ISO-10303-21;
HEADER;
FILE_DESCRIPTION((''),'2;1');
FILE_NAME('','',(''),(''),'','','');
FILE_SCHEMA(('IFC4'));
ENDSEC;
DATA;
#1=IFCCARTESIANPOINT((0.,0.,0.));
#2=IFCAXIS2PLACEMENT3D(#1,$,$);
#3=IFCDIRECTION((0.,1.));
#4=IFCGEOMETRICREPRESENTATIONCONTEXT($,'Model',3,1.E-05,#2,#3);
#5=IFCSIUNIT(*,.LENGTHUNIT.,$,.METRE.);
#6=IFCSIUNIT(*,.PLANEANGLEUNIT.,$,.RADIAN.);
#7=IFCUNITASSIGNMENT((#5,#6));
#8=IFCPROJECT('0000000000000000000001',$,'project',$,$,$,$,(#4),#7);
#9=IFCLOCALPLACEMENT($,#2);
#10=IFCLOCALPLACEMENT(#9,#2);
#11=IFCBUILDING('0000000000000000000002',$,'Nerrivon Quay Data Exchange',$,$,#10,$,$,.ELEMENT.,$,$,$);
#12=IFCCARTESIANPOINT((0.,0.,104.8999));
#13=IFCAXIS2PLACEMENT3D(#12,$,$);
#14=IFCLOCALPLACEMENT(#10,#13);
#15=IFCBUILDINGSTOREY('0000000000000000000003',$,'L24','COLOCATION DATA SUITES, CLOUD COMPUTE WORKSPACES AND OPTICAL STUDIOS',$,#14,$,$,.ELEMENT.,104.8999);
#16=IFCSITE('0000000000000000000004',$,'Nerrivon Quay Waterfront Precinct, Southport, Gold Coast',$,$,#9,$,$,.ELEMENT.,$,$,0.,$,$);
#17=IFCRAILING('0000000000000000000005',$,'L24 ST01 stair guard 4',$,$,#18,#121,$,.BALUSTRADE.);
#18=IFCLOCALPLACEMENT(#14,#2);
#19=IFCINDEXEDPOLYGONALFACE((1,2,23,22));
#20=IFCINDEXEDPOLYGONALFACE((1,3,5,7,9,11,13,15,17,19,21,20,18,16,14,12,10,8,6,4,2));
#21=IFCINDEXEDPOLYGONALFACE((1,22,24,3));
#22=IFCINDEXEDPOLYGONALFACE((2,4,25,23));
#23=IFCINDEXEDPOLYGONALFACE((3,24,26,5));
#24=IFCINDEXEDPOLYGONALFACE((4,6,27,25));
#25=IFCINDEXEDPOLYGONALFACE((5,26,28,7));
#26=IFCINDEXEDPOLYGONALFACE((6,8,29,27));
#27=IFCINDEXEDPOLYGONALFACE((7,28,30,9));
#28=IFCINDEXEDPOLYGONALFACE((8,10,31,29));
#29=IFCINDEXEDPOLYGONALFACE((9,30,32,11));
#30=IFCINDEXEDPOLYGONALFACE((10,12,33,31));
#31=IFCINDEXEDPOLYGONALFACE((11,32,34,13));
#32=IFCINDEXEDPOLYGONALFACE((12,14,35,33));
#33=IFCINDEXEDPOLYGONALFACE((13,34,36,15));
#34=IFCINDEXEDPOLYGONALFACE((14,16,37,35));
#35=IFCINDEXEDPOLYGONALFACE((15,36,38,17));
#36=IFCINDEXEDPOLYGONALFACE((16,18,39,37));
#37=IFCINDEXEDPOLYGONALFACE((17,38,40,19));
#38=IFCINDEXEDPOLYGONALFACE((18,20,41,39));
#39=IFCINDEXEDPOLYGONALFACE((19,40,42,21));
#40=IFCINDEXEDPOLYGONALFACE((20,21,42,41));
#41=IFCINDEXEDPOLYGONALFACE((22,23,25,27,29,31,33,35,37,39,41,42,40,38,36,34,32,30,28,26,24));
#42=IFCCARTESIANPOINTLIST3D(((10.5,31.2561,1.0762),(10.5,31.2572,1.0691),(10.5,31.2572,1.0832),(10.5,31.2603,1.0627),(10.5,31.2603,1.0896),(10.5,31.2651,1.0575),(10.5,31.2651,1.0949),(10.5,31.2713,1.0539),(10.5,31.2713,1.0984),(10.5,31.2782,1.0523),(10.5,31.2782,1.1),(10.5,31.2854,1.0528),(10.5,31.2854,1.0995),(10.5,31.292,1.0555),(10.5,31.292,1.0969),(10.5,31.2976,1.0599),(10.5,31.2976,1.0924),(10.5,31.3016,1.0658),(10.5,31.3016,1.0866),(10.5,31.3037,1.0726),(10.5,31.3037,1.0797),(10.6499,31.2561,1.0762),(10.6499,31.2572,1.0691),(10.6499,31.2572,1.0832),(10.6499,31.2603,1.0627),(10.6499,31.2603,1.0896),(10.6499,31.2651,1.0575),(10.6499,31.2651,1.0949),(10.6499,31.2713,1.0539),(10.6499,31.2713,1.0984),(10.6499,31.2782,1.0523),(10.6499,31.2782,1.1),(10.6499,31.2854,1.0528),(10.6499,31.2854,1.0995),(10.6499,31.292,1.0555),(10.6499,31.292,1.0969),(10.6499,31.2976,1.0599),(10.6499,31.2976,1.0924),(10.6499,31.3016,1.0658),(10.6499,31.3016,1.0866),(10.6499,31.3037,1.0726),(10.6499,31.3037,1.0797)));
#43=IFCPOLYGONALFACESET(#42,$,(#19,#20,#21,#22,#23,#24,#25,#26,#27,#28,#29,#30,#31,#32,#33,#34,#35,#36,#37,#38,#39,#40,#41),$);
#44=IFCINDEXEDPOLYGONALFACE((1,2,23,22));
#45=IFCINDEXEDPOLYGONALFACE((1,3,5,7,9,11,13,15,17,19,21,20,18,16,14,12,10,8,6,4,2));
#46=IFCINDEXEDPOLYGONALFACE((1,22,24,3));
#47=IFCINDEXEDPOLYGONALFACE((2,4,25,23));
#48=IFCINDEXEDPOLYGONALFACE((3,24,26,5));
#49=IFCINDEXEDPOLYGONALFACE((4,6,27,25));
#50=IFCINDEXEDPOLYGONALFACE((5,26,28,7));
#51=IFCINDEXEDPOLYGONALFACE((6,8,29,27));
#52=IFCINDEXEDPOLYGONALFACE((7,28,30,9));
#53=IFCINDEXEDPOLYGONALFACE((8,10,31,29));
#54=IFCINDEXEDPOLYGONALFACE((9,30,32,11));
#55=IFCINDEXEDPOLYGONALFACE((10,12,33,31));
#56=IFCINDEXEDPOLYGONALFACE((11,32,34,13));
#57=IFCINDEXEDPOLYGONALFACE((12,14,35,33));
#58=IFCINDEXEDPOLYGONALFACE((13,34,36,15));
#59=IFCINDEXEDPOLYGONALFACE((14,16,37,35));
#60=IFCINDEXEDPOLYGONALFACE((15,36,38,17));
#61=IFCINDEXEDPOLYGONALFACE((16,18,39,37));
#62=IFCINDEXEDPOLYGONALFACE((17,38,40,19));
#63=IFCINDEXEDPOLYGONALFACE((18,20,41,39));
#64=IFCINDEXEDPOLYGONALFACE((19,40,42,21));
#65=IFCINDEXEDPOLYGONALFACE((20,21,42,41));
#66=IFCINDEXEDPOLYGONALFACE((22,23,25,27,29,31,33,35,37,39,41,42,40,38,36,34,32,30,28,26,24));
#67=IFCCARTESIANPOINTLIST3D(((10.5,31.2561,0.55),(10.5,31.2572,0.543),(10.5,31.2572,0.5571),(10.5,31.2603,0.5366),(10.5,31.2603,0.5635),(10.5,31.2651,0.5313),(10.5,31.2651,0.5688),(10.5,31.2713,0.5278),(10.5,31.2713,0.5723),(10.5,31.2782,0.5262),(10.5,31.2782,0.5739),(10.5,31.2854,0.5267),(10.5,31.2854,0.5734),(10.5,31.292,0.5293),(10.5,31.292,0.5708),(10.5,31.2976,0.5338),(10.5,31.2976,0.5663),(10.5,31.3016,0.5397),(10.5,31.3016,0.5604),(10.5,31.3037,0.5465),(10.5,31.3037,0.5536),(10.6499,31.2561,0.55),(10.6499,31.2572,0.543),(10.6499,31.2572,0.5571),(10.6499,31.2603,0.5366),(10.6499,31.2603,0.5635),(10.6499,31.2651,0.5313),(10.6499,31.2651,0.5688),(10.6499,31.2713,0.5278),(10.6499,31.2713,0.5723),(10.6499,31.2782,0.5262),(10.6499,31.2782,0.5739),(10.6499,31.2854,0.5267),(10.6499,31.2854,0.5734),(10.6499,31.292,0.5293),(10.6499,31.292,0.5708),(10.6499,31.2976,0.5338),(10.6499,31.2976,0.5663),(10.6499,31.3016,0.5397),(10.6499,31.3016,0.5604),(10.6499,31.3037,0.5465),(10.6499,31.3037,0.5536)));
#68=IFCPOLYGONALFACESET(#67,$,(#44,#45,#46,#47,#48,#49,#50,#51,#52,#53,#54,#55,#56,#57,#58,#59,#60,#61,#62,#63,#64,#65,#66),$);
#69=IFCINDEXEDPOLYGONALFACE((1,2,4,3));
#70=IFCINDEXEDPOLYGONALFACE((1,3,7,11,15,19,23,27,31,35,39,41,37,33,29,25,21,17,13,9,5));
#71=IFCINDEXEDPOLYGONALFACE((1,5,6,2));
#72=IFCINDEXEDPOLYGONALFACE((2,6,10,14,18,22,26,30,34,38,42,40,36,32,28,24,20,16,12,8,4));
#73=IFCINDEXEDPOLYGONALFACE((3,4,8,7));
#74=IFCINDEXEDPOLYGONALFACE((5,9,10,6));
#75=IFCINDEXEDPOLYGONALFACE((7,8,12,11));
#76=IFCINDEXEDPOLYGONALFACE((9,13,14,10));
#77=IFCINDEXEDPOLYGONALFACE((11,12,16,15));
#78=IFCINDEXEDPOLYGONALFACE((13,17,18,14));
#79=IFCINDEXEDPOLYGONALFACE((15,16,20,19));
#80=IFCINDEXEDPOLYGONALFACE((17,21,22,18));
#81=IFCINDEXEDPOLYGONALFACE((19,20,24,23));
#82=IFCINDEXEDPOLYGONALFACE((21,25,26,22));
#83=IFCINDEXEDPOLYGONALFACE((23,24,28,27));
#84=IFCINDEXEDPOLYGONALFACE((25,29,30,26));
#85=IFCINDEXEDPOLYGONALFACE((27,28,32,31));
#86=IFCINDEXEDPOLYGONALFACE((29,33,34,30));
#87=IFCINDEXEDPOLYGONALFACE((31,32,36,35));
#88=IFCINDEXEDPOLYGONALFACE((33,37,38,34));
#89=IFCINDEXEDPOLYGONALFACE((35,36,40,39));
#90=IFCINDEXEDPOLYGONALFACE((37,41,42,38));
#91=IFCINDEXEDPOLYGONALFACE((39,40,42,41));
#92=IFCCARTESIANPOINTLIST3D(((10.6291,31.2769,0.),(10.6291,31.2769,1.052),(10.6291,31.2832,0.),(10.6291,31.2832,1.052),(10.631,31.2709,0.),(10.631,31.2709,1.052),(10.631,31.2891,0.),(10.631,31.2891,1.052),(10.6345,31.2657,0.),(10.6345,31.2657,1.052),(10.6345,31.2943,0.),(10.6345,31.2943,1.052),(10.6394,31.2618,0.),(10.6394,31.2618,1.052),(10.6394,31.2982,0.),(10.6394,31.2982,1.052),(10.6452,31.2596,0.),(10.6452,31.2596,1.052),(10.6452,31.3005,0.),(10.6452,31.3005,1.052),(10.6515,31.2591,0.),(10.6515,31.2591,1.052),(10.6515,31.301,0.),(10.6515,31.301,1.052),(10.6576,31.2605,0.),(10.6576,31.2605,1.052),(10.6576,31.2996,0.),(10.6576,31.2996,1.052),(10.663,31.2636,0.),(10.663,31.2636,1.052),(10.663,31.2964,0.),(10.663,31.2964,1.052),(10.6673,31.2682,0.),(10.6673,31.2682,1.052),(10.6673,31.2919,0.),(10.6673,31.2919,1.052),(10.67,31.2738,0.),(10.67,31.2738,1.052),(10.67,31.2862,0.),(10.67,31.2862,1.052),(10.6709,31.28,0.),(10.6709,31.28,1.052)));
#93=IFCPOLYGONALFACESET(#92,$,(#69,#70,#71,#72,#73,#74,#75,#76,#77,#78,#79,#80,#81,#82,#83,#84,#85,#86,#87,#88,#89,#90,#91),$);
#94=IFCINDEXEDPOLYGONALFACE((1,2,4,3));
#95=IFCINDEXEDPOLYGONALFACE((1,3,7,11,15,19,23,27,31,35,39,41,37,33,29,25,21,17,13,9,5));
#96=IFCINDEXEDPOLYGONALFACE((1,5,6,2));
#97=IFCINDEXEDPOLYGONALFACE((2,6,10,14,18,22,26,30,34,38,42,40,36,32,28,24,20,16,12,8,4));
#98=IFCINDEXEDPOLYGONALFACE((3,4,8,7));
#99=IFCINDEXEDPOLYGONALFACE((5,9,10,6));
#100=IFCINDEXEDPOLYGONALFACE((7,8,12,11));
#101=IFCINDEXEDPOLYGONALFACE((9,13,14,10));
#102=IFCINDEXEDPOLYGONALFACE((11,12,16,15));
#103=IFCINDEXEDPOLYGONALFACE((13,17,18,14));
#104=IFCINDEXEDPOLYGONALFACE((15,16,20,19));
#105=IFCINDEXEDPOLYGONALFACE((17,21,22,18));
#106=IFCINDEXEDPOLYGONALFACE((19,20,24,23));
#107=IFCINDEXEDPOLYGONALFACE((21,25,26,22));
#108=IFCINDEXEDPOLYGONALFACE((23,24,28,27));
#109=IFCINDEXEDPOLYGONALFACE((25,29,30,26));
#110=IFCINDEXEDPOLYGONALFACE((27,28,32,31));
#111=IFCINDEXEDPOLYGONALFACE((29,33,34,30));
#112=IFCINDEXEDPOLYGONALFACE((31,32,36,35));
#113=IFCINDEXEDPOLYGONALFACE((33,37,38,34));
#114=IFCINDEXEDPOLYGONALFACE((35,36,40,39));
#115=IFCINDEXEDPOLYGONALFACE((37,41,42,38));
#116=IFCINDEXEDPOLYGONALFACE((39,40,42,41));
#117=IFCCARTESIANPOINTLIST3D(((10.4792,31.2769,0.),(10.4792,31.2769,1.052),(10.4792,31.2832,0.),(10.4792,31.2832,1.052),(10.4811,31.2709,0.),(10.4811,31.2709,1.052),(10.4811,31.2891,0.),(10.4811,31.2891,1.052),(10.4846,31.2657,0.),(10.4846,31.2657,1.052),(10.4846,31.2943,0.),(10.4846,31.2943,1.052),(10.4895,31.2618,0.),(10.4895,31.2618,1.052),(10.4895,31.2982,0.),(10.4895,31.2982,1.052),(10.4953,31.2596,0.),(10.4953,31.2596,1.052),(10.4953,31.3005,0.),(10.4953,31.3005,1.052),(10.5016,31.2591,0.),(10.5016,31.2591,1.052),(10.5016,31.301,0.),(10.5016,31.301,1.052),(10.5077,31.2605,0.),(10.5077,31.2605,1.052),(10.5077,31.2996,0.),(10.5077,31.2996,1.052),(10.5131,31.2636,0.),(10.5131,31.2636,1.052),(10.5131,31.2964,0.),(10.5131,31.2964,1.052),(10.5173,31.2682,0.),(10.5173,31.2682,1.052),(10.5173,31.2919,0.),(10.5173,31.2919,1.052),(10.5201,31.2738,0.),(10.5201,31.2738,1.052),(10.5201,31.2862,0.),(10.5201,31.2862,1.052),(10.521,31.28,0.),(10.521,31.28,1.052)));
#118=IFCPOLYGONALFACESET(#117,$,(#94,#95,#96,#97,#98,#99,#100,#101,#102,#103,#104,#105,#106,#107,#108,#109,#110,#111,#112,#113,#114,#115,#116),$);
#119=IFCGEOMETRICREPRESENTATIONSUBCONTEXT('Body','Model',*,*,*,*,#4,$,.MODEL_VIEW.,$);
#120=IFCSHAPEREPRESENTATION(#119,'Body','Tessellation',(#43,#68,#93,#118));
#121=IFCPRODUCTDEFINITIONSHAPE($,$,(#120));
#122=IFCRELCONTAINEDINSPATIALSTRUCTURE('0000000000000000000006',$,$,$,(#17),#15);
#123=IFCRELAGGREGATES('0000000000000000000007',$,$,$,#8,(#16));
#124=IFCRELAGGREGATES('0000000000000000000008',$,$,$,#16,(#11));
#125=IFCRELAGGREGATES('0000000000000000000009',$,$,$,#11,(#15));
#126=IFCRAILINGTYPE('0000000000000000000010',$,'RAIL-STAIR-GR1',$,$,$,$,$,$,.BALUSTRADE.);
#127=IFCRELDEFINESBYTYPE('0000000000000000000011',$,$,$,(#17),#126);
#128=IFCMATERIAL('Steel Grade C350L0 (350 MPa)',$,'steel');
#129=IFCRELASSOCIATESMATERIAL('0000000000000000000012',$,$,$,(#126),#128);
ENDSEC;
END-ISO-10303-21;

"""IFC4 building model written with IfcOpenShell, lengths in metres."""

from ifc_helpers import new_model, si_unit, direction, frame, origin, origin_2d, place, context, subcontext, project, spatial, circle, extrude, material, type_object, element, save


model = new_model("IFC4")

# Units and contexts
model_context = context("Model", 3, precision=1e-05, world=origin(), true_north=direction((0.0, 1.0)))
body_context = subcontext(model_context, "Body", "Model", "MODEL_VIEW")
ifc_project = project(units=[si_unit("LENGTHUNIT", "METRE"), si_unit("PLANEANGLEUNIT", "RADIAN")], contexts=[model_context])

# Site, building, storey
site_placement = place(None, origin())
site = spatial("IfcSite", under=ifc_project, at=site_placement, Name="Nerrivon Quay Waterfront Precinct, Southport, Gold Coast", CompositionType="ELEMENT", RefElevation=0.0)
building_placement = place(site_placement, origin())
building = spatial("IfcBuilding", under=site, at=building_placement, Name="Nerrivon Quay Data Exchange", CompositionType="ELEMENT")
storey_placement = place(building_placement, frame((0.0, 0.0, 104.8999)))
storey = spatial("IfcBuildingStorey", under=building, at=storey_placement, Name="L24", Description="COLOCATION DATA SUITES, CLOUD COMPUTE WORKSPACES AND OPTICAL STUDIOS", CompositionType="ELEMENT", Elevation=104.8999)

# Railing
ifc_material_1 = material(Name="Steel Grade C350L0 (350 MPa)", Category="steel")
railing_type_1 = type_object("IfcRailingType", Name="RAIL-STAIR-GR1", PredefinedType="BALUSTRADE", material=ifc_material_1)
railing_1_placement = place(storey_placement, frame((10.6499, 31.28, 0.0)))
element("IfcRailing", 1, at=railing_1_placement, inside=storey, type_object=railing_type_1, Name="L24 ST01 stair guard 4", PredefinedType="BALUSTRADE", context=body_context, shape_type="SweptSolid", body=[
    extrude(circle(Radius=0.0239, at=origin_2d()), frame((0.0, 0.0, 1.0762), z_axis=(-1.0, 0.0, 0.0), x_axis=(0.0, -1.0, 0.0)), (0.0, 0.0, 1.0), 0.1499),
    extrude(circle(Radius=0.0239, at=origin_2d()), frame((0.0, 0.0, 0.55), z_axis=(-1.0, 0.0, 0.0), x_axis=(0.0, -1.0, 0.0)), (0.0, 0.0, 1.0), 0.1499),
    extrude(circle(Radius=0.021, at=origin_2d()), origin(), (0.0, 0.0, 1.0), 1.052),
    extrude(circle(Radius=0.021, at=origin_2d()), frame((-0.1499, 0.0, 0.0)), (0.0, 0.0, 1.0), 1.052),
])

save(model, "model.ifc")
